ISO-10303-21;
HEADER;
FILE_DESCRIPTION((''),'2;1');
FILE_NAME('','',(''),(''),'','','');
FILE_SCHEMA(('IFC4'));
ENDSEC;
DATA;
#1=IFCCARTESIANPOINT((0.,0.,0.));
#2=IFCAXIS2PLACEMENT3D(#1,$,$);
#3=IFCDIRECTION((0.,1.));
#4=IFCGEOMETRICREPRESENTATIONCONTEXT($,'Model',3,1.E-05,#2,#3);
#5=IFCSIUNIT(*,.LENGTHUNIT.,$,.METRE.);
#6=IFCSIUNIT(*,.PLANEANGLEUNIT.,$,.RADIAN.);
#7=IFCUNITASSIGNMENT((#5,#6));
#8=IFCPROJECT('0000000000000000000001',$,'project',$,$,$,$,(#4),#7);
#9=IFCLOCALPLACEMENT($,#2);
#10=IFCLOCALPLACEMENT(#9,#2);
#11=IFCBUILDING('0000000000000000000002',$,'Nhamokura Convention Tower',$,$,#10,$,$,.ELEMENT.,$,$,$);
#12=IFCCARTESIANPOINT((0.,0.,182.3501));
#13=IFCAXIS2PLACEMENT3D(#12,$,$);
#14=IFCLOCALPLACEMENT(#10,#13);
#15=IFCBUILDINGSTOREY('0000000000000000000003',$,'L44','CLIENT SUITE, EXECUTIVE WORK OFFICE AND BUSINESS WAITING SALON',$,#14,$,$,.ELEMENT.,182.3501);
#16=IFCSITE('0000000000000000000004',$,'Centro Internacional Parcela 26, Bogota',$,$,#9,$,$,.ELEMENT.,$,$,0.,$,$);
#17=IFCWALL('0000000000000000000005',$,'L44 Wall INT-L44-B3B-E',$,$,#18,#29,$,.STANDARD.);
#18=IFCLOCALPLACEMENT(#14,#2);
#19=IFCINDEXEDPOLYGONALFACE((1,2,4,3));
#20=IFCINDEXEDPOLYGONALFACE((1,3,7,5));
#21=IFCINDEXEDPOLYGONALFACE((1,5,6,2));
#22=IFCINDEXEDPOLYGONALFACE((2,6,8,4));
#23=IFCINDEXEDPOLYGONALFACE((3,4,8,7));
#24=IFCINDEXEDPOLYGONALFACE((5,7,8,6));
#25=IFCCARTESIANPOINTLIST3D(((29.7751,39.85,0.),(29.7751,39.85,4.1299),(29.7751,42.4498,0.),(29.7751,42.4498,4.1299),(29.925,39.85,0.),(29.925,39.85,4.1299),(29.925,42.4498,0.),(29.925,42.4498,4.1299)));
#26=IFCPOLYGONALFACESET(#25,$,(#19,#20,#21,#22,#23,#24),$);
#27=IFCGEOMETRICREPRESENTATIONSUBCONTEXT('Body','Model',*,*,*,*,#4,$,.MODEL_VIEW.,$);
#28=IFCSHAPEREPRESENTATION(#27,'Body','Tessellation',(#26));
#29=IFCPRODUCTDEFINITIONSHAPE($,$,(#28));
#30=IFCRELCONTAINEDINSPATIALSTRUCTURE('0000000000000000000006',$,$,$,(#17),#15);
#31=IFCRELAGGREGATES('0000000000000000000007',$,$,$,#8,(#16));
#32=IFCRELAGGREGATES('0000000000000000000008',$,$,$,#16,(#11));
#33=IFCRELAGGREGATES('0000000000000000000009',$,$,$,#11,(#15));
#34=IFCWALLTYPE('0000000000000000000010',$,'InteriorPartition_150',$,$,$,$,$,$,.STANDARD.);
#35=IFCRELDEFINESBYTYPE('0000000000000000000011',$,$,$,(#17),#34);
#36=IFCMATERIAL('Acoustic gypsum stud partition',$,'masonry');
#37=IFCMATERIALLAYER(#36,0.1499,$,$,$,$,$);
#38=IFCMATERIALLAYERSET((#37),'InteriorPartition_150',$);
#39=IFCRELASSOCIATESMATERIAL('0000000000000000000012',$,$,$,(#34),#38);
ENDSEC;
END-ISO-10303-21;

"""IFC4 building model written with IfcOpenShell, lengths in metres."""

from ifc_helpers import new_model, si_unit, direction, frame, frame_2d, origin, place, context, subcontext, project, spatial, rectangle, extrude, material, layer, layer_set, type_object, element, save


model = new_model("IFC4")

# Units and contexts
model_context = context("Model", 3, precision=1e-05, world=origin(), true_north=direction((0.0, 1.0)))
body_context = subcontext(model_context, "Body", "Model", "MODEL_VIEW")
ifc_project = project(units=[si_unit("LENGTHUNIT", "METRE"), si_unit("PLANEANGLEUNIT", "RADIAN")], contexts=[model_context])

# Site, building, storey
site_placement = place(None, origin())
site = spatial("IfcSite", under=ifc_project, at=site_placement, Name="Centro Internacional Parcela 26, Bogota", CompositionType="ELEMENT", RefElevation=0.0)
building_placement = place(site_placement, origin())
building = spatial("IfcBuilding", under=site, at=building_placement, Name="Nhamokura Convention Tower", CompositionType="ELEMENT")
storey_placement = place(building_placement, frame((0.0, 0.0, 182.3501)))
storey = spatial("IfcBuildingStorey", under=building, at=storey_placement, Name="L44", Description="CLIENT SUITE, EXECUTIVE WORK OFFICE AND BUSINESS WAITING SALON", CompositionType="ELEMENT", Elevation=182.3501)

# Wall
ifc_material_1 = material(Name="Acoustic gypsum stud partition", Category="masonry")
ifc_layer_1 = layer(ifc_material_1, 0.1499)
ifc_layer_set_1 = layer_set([ifc_layer_1], Name="InteriorPartition_150")
wall_type_1 = type_object("IfcWallType", Name="InteriorPartition_150", PredefinedType="STANDARD", material=ifc_layer_set_1)
wall_1_placement = place(storey_placement, frame((29.8501, 39.8501, 0.0), z_axis=(0.0, 0.0, 1.0), x_axis=(0.0, 1.0, 0.0)))
element("IfcWall", 1, at=wall_1_placement, inside=storey, type_object=wall_type_1, Name="L44 Wall INT-L44-B3B-E", PredefinedType="STANDARD", context=body_context, shape_type="SweptSolid", body=[
    extrude(rectangle(XDim=2.5999, YDim=0.1499, at=frame_2d((1.2998, 0.0))), origin(), (0.0, 0.0, 1.0), 4.1299),
])

save(model, "model.ifc")
